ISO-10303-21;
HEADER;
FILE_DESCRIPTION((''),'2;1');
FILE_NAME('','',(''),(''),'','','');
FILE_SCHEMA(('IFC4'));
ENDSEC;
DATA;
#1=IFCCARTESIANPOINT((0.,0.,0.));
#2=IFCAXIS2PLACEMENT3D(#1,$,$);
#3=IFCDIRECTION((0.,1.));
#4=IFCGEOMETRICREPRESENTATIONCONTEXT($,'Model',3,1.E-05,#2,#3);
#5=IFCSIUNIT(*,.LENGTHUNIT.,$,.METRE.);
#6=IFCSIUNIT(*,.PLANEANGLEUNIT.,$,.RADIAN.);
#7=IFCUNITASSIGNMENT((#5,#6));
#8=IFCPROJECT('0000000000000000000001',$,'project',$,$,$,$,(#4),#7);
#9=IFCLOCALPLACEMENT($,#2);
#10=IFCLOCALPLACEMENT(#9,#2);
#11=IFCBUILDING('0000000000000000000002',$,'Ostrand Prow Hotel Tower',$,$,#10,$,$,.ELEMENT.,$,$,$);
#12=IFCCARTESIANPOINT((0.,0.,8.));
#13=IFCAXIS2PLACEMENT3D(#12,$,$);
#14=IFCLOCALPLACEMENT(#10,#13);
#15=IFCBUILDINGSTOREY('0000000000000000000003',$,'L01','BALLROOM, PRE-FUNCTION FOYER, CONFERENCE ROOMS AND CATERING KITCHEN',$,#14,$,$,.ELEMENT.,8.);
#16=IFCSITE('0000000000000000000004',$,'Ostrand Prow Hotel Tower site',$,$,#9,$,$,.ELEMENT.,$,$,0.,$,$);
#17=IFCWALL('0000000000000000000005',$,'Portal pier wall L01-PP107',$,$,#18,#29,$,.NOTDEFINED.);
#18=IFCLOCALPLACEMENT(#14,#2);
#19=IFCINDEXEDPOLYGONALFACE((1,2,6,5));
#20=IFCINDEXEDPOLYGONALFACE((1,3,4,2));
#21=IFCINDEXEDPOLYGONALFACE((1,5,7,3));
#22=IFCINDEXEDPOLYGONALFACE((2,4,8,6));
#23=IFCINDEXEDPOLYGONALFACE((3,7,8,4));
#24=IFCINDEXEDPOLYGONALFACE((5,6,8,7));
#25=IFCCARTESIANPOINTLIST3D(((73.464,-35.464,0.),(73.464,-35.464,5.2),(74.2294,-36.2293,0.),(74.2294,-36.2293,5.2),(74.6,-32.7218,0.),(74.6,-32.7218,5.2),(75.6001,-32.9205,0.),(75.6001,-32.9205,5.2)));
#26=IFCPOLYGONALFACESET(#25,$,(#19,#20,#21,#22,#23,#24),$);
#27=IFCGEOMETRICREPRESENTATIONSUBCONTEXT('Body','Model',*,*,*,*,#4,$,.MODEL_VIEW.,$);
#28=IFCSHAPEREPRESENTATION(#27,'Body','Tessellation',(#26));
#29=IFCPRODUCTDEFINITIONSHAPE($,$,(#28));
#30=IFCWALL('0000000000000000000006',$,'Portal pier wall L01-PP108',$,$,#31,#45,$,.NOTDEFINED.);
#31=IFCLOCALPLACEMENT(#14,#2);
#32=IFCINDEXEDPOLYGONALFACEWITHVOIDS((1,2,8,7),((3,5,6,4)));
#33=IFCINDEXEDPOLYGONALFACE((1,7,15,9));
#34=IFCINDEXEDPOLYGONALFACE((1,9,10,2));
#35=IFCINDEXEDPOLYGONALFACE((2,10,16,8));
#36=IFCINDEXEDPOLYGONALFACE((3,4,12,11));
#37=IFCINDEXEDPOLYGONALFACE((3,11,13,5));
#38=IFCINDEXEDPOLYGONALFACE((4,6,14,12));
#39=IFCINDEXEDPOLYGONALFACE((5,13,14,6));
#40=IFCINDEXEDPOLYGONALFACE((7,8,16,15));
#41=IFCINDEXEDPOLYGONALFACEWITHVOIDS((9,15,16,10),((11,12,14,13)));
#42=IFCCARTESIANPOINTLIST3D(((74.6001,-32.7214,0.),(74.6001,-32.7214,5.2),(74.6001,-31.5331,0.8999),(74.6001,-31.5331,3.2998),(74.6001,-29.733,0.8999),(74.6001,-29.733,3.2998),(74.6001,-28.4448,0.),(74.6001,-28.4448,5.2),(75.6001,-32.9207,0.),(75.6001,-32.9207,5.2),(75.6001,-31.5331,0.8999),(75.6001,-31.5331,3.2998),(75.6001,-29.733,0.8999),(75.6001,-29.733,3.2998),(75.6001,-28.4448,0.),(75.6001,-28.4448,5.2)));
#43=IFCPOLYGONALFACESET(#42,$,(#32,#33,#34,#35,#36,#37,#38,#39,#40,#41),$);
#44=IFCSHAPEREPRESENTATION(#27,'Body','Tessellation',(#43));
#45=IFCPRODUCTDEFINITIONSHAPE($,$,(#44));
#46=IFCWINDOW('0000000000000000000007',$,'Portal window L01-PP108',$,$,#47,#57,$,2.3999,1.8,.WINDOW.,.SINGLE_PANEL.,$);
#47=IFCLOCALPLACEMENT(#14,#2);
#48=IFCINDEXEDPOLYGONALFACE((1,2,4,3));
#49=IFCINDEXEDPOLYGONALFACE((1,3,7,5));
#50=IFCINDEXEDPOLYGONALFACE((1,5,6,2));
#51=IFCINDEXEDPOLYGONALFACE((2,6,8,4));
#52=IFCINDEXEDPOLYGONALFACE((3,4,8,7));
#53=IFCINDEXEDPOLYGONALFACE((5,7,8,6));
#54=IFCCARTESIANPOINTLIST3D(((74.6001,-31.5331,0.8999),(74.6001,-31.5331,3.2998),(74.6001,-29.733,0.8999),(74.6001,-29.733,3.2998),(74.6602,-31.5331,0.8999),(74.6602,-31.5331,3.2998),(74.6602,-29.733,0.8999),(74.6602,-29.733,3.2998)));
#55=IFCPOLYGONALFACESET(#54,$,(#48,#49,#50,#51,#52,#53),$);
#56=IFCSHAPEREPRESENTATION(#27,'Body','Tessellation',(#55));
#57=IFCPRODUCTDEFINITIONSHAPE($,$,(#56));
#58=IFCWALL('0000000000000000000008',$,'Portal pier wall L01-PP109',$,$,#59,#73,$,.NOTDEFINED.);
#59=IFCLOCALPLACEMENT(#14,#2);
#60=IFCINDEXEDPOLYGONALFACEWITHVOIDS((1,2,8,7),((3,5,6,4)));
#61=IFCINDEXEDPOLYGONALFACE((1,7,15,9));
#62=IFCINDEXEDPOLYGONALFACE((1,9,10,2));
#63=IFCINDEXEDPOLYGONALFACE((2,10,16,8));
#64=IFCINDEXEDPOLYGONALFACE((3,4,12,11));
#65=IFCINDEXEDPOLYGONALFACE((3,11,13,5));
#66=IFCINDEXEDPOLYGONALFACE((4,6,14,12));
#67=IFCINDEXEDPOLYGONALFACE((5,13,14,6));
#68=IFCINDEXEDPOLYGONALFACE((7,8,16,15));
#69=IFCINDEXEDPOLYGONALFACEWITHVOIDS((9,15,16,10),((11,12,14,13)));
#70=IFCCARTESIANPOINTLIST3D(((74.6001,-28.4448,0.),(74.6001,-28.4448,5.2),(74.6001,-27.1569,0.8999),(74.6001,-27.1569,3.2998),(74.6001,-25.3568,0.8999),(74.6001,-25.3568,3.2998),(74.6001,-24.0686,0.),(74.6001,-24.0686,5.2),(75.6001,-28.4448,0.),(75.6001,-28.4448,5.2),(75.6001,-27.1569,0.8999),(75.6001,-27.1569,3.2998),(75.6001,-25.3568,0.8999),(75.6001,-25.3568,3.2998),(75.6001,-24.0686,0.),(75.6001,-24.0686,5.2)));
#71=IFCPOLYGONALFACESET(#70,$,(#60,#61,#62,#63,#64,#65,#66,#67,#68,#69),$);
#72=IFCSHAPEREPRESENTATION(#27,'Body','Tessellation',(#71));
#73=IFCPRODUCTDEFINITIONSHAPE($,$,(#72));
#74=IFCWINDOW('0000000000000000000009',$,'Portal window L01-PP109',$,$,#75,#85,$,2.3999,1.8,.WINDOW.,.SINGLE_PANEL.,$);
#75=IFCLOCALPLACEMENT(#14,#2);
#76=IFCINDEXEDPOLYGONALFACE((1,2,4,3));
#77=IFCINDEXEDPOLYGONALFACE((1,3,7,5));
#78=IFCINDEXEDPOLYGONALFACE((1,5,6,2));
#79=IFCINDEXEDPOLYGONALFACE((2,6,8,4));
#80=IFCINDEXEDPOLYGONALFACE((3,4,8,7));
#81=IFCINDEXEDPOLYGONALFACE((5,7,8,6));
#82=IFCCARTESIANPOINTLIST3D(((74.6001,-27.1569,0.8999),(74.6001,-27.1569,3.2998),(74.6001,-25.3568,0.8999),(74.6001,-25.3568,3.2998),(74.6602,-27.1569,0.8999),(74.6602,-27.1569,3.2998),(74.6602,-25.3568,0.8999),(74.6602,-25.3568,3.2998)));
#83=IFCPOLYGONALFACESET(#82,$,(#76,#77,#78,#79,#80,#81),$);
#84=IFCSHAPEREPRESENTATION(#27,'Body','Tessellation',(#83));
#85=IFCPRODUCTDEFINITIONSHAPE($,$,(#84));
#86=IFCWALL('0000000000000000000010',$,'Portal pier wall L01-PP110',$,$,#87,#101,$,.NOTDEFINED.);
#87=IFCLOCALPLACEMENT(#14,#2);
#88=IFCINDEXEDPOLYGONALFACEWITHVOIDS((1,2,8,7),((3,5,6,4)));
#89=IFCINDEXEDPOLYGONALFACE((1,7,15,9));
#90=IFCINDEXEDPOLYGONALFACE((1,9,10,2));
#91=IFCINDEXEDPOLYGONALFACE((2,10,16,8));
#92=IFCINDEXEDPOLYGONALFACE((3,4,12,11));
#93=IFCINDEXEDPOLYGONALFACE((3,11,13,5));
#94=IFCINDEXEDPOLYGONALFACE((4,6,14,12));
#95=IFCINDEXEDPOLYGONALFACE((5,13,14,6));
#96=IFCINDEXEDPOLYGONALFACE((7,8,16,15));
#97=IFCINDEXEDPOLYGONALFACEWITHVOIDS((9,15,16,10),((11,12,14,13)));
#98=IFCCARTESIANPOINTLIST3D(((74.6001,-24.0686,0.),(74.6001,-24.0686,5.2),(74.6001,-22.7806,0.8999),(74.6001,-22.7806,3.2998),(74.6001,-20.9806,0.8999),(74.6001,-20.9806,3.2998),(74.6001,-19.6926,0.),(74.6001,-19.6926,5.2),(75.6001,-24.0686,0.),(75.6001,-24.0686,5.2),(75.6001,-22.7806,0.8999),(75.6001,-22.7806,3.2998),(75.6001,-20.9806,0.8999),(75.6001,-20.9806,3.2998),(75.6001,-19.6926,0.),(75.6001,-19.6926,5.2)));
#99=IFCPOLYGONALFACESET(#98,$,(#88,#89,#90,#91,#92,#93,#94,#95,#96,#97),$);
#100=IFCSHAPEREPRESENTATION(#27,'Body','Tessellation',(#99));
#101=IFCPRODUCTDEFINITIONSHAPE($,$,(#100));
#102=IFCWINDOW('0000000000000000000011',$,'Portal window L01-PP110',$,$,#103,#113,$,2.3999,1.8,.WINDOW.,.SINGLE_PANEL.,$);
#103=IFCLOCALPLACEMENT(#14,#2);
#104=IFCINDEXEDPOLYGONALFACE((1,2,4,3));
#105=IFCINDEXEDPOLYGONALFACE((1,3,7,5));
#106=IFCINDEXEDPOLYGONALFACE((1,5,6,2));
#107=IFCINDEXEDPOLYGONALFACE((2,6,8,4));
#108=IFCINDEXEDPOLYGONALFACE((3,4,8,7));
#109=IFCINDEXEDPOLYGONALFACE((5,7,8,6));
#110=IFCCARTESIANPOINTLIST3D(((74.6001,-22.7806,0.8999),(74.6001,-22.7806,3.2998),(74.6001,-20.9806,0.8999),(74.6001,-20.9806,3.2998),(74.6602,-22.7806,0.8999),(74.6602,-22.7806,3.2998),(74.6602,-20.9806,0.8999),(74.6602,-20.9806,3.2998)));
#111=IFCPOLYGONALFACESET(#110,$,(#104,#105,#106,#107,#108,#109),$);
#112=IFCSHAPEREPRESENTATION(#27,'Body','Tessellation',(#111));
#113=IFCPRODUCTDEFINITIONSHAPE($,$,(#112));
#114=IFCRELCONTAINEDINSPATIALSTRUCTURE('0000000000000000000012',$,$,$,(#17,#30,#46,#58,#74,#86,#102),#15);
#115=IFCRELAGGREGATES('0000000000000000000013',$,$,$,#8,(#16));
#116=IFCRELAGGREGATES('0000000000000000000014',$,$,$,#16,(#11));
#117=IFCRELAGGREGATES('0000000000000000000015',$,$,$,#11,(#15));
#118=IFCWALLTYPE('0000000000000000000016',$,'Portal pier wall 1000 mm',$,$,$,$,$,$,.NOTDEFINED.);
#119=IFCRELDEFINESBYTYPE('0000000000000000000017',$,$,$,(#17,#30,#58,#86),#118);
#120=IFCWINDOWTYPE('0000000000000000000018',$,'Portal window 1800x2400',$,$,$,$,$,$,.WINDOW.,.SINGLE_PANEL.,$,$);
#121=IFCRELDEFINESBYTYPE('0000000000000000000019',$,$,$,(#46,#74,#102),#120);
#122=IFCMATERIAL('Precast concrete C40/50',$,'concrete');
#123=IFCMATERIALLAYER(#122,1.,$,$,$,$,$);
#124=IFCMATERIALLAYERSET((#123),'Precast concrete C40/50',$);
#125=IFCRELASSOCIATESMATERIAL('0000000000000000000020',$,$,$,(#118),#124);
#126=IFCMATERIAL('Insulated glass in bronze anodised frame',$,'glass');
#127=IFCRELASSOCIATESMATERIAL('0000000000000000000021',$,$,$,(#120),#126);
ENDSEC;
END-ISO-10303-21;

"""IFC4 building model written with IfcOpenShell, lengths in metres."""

from ifc_helpers import new_model, si_unit, direction, frame, frame_2d, origin, place, context, subcontext, project, spatial, polyline, rectangle, outline, extrude, material, layer, layer_set, type_object, element, fill, save


model = new_model("IFC4")

# Units and contexts
model_context = context("Model", 3, precision=1e-05, world=origin(), true_north=direction((0.0, 1.0)))
body_context = subcontext(model_context, "Body", "Model", "MODEL_VIEW")
ifc_project = project(units=[si_unit("LENGTHUNIT", "METRE"), si_unit("PLANEANGLEUNIT", "RADIAN")], contexts=[model_context])

# Site, building, storey
site_placement = place(None, origin())
site = spatial("IfcSite", under=ifc_project, at=site_placement, Name="Ostrand Prow Hotel Tower site", CompositionType="ELEMENT", RefElevation=0.0)
building_placement = place(site_placement, origin())
building = spatial("IfcBuilding", under=site, at=building_placement, Name="Ostrand Prow Hotel Tower", CompositionType="ELEMENT")
storey_placement = place(building_placement, frame((0.0, 0.0, 8.0)))
storey = spatial("IfcBuildingStorey", under=building, at=storey_placement, Name="L01", Description="BALLROOM, PRE-FUNCTION FOYER, CONFERENCE ROOMS AND CATERING KITCHEN", CompositionType="ELEMENT", Elevation=8.0)

# Shared definitions
ifc_material_1 = material(Name="Precast concrete C40/50", Category="concrete")
ifc_layer_1 = layer(ifc_material_1, 1.0)
ifc_layer_set_1 = layer_set([ifc_layer_1], Name="Precast concrete C40/50")
wall_type_1 = type_object("IfcWallType", Name="Portal pier wall 1000 mm", PredefinedType="NOTDEFINED", material=ifc_layer_set_1)
ifc_material_2 = material(Name="Insulated glass in bronze anodised frame", Category="glass")
window_type = type_object("IfcWindowType", Name="Portal window 1800x2400", PartitioningType="SINGLE_PANEL", PredefinedType="WINDOW", material=ifc_material_2)

# Wall
wall_1_placement = place(storey_placement, frame((73.8467, -35.8467, 0.0), z_axis=(0.0, 0.0, 1.0), x_axis=(0.382725, 0.923862, 0.0)))
element("IfcWall", 1, at=wall_1_placement, inside=storey, type_object=wall_type_1, Name="Portal pier wall L01-PP107", PredefinedType="NOTDEFINED", context=body_context, shape_type="SweptSolid", body=[
    extrude(outline(polyline([(-0.207, -0.5), (3.3745, -0.5), (3.1753, 0.5), (0.207, 0.5), (-0.207, -0.5)])), origin(), (0.0, 0.0, 1.0), 5.2),
])

# Walls, openings, windows
wall_2_placement = place(storey_placement, frame((75.1001, -32.821, 0.0), z_axis=(0.0, 0.0, 1.0), x_axis=(0.0, 1.0, 0.0)))
wall_2 = element("IfcWall", 2, at=wall_2_placement, inside=storey, type_object=wall_type_1, Name="Portal pier wall L01-PP108", PredefinedType="NOTDEFINED", context=body_context, shape_type="SweptSolid", body=[
    extrude(outline(polyline([(-0.0996, -0.5), (4.3762, -0.5), (4.3762, 0.5), (0.0996, 0.5), (-0.0996, -0.5)])), origin(), (0.0, 0.0, 1.0), 5.2),
])
opening_1_placement = place(wall_2_placement, frame((1.2881, 0.0, 0.8999)))
opening_1 = element("IfcOpeningElement", 3, at=opening_1_placement, cuts=wall_2, PredefinedType="OPENING", context=body_context, shape_type="SweptSolid", body=[
    extrude(rectangle(XDim=1.8, YDim=2.3999, at=frame_2d((0.8999, 1.2))), frame((0.0, 0.51, 0.0), z_axis=(0.0, -1.0, 0.0), x_axis=(1.0, 0.0, 0.0)), (0.0, 0.0, 1.0), 1.02),
])
window_1_placement = place(opening_1_placement, origin())
window_1 = element("IfcWindow", 4, at=window_1_placement, inside=storey, type_object=window_type, Name="Portal window L01-PP108", OverallHeight=2.3999, OverallWidth=1.8, PartitioningType="SINGLE_PANEL", PredefinedType="WINDOW", context=body_context, shape_type="SweptSolid", body=[
    extrude(rectangle(XDim=1.8, YDim=2.3999, at=frame_2d((0.8999, 1.2))), frame((0.0, 0.5, 0.0), z_axis=(0.0, -1.0, 0.0), x_axis=(1.0, 0.0, 0.0)), (0.0, 0.0, 1.0), 0.0601),
])
fill(opening_1, window_1)
wall_3_placement = place(storey_placement, frame((75.1001, -28.4448, 0.0), z_axis=(0.0, 0.0, 1.0), x_axis=(0.0, 1.0, 0.0)))
wall_3 = element("IfcWall", 5, at=wall_3_placement, inside=storey, type_object=wall_type_1, Name="Portal pier wall L01-PP109", PredefinedType="NOTDEFINED", context=body_context, shape_type="SweptSolid", body=[
    extrude(outline(polyline([(0.0, -0.5), (4.3762, -0.5), (4.3762, 0.5), (0.0, 0.5), (0.0, -0.5)])), origin(), (0.0, 0.0, 1.0), 5.2),
])
opening_2_placement = place(wall_3_placement, frame((1.2881, 0.0, 0.8999)))
opening_2 = element("IfcOpeningElement", 6, at=opening_2_placement, cuts=wall_3, PredefinedType="OPENING", context=body_context, shape_type="SweptSolid", body=[
    extrude(rectangle(XDim=1.8, YDim=2.3999, at=frame_2d((0.8999, 1.2))), frame((0.0, 0.51, 0.0), z_axis=(0.0, -1.0, 0.0), x_axis=(1.0, 0.0, 0.0)), (0.0, 0.0, 1.0), 1.02),
])
window_2_placement = place(opening_2_placement, origin())
window_2 = element("IfcWindow", 7, at=window_2_placement, inside=storey, type_object=window_type, Name="Portal window L01-PP109", OverallHeight=2.3999, OverallWidth=1.8, PartitioningType="SINGLE_PANEL", PredefinedType="WINDOW", context=body_context, shape_type="SweptSolid", body=[
    extrude(rectangle(XDim=1.8, YDim=2.3999, at=frame_2d((0.8999, 1.2))), frame((0.0, 0.5, 0.0), z_axis=(0.0, -1.0, 0.0), x_axis=(1.0, 0.0, 0.0)), (0.0, 0.0, 1.0), 0.0601),
])
fill(opening_2, window_2)
wall_4_placement = place(storey_placement, frame((75.1001, -24.0686, 0.0), z_axis=(0.0, 0.0, 1.0), x_axis=(0.0, 1.0, 0.0)))
wall_4 = element("IfcWall", 8, at=wall_4_placement, inside=storey, type_object=wall_type_1, Name="Portal pier wall L01-PP110", PredefinedType="NOTDEFINED", context=body_context, shape_type="SweptSolid", body=[
    extrude(outline(polyline([(0.0, -0.5), (4.376, -0.5), (4.376, 0.5), (0.0, 0.5), (0.0, -0.5)])), origin(), (0.0, 0.0, 1.0), 5.2),
])
opening_3_placement = place(wall_4_placement, frame((1.2881, 0.0, 0.8999)))
opening_3 = element("IfcOpeningElement", 9, at=opening_3_placement, cuts=wall_4, PredefinedType="OPENING", context=body_context, shape_type="SweptSolid", body=[
    extrude(rectangle(XDim=1.8, YDim=2.3999, at=frame_2d((0.8999, 1.2))), frame((0.0, 0.51, 0.0), z_axis=(0.0, -1.0, 0.0), x_axis=(1.0, 0.0, 0.0)), (0.0, 0.0, 1.0), 1.02),
])
window_3_placement = place(opening_3_placement, origin())
window_3 = element("IfcWindow", 10, at=window_3_placement, inside=storey, type_object=window_type, Name="Portal window L01-PP110", OverallHeight=2.3999, OverallWidth=1.8, PartitioningType="SINGLE_PANEL", PredefinedType="WINDOW", context=body_context, shape_type="SweptSolid", body=[
    extrude(rectangle(XDim=1.8, YDim=2.3999, at=frame_2d((0.8999, 1.2))), frame((0.0, 0.5, 0.0), z_axis=(0.0, -1.0, 0.0), x_axis=(1.0, 0.0, 0.0)), (0.0, 0.0, 1.0), 0.0601),
])
fill(opening_3, window_3)

save(model, "model.ifc")
